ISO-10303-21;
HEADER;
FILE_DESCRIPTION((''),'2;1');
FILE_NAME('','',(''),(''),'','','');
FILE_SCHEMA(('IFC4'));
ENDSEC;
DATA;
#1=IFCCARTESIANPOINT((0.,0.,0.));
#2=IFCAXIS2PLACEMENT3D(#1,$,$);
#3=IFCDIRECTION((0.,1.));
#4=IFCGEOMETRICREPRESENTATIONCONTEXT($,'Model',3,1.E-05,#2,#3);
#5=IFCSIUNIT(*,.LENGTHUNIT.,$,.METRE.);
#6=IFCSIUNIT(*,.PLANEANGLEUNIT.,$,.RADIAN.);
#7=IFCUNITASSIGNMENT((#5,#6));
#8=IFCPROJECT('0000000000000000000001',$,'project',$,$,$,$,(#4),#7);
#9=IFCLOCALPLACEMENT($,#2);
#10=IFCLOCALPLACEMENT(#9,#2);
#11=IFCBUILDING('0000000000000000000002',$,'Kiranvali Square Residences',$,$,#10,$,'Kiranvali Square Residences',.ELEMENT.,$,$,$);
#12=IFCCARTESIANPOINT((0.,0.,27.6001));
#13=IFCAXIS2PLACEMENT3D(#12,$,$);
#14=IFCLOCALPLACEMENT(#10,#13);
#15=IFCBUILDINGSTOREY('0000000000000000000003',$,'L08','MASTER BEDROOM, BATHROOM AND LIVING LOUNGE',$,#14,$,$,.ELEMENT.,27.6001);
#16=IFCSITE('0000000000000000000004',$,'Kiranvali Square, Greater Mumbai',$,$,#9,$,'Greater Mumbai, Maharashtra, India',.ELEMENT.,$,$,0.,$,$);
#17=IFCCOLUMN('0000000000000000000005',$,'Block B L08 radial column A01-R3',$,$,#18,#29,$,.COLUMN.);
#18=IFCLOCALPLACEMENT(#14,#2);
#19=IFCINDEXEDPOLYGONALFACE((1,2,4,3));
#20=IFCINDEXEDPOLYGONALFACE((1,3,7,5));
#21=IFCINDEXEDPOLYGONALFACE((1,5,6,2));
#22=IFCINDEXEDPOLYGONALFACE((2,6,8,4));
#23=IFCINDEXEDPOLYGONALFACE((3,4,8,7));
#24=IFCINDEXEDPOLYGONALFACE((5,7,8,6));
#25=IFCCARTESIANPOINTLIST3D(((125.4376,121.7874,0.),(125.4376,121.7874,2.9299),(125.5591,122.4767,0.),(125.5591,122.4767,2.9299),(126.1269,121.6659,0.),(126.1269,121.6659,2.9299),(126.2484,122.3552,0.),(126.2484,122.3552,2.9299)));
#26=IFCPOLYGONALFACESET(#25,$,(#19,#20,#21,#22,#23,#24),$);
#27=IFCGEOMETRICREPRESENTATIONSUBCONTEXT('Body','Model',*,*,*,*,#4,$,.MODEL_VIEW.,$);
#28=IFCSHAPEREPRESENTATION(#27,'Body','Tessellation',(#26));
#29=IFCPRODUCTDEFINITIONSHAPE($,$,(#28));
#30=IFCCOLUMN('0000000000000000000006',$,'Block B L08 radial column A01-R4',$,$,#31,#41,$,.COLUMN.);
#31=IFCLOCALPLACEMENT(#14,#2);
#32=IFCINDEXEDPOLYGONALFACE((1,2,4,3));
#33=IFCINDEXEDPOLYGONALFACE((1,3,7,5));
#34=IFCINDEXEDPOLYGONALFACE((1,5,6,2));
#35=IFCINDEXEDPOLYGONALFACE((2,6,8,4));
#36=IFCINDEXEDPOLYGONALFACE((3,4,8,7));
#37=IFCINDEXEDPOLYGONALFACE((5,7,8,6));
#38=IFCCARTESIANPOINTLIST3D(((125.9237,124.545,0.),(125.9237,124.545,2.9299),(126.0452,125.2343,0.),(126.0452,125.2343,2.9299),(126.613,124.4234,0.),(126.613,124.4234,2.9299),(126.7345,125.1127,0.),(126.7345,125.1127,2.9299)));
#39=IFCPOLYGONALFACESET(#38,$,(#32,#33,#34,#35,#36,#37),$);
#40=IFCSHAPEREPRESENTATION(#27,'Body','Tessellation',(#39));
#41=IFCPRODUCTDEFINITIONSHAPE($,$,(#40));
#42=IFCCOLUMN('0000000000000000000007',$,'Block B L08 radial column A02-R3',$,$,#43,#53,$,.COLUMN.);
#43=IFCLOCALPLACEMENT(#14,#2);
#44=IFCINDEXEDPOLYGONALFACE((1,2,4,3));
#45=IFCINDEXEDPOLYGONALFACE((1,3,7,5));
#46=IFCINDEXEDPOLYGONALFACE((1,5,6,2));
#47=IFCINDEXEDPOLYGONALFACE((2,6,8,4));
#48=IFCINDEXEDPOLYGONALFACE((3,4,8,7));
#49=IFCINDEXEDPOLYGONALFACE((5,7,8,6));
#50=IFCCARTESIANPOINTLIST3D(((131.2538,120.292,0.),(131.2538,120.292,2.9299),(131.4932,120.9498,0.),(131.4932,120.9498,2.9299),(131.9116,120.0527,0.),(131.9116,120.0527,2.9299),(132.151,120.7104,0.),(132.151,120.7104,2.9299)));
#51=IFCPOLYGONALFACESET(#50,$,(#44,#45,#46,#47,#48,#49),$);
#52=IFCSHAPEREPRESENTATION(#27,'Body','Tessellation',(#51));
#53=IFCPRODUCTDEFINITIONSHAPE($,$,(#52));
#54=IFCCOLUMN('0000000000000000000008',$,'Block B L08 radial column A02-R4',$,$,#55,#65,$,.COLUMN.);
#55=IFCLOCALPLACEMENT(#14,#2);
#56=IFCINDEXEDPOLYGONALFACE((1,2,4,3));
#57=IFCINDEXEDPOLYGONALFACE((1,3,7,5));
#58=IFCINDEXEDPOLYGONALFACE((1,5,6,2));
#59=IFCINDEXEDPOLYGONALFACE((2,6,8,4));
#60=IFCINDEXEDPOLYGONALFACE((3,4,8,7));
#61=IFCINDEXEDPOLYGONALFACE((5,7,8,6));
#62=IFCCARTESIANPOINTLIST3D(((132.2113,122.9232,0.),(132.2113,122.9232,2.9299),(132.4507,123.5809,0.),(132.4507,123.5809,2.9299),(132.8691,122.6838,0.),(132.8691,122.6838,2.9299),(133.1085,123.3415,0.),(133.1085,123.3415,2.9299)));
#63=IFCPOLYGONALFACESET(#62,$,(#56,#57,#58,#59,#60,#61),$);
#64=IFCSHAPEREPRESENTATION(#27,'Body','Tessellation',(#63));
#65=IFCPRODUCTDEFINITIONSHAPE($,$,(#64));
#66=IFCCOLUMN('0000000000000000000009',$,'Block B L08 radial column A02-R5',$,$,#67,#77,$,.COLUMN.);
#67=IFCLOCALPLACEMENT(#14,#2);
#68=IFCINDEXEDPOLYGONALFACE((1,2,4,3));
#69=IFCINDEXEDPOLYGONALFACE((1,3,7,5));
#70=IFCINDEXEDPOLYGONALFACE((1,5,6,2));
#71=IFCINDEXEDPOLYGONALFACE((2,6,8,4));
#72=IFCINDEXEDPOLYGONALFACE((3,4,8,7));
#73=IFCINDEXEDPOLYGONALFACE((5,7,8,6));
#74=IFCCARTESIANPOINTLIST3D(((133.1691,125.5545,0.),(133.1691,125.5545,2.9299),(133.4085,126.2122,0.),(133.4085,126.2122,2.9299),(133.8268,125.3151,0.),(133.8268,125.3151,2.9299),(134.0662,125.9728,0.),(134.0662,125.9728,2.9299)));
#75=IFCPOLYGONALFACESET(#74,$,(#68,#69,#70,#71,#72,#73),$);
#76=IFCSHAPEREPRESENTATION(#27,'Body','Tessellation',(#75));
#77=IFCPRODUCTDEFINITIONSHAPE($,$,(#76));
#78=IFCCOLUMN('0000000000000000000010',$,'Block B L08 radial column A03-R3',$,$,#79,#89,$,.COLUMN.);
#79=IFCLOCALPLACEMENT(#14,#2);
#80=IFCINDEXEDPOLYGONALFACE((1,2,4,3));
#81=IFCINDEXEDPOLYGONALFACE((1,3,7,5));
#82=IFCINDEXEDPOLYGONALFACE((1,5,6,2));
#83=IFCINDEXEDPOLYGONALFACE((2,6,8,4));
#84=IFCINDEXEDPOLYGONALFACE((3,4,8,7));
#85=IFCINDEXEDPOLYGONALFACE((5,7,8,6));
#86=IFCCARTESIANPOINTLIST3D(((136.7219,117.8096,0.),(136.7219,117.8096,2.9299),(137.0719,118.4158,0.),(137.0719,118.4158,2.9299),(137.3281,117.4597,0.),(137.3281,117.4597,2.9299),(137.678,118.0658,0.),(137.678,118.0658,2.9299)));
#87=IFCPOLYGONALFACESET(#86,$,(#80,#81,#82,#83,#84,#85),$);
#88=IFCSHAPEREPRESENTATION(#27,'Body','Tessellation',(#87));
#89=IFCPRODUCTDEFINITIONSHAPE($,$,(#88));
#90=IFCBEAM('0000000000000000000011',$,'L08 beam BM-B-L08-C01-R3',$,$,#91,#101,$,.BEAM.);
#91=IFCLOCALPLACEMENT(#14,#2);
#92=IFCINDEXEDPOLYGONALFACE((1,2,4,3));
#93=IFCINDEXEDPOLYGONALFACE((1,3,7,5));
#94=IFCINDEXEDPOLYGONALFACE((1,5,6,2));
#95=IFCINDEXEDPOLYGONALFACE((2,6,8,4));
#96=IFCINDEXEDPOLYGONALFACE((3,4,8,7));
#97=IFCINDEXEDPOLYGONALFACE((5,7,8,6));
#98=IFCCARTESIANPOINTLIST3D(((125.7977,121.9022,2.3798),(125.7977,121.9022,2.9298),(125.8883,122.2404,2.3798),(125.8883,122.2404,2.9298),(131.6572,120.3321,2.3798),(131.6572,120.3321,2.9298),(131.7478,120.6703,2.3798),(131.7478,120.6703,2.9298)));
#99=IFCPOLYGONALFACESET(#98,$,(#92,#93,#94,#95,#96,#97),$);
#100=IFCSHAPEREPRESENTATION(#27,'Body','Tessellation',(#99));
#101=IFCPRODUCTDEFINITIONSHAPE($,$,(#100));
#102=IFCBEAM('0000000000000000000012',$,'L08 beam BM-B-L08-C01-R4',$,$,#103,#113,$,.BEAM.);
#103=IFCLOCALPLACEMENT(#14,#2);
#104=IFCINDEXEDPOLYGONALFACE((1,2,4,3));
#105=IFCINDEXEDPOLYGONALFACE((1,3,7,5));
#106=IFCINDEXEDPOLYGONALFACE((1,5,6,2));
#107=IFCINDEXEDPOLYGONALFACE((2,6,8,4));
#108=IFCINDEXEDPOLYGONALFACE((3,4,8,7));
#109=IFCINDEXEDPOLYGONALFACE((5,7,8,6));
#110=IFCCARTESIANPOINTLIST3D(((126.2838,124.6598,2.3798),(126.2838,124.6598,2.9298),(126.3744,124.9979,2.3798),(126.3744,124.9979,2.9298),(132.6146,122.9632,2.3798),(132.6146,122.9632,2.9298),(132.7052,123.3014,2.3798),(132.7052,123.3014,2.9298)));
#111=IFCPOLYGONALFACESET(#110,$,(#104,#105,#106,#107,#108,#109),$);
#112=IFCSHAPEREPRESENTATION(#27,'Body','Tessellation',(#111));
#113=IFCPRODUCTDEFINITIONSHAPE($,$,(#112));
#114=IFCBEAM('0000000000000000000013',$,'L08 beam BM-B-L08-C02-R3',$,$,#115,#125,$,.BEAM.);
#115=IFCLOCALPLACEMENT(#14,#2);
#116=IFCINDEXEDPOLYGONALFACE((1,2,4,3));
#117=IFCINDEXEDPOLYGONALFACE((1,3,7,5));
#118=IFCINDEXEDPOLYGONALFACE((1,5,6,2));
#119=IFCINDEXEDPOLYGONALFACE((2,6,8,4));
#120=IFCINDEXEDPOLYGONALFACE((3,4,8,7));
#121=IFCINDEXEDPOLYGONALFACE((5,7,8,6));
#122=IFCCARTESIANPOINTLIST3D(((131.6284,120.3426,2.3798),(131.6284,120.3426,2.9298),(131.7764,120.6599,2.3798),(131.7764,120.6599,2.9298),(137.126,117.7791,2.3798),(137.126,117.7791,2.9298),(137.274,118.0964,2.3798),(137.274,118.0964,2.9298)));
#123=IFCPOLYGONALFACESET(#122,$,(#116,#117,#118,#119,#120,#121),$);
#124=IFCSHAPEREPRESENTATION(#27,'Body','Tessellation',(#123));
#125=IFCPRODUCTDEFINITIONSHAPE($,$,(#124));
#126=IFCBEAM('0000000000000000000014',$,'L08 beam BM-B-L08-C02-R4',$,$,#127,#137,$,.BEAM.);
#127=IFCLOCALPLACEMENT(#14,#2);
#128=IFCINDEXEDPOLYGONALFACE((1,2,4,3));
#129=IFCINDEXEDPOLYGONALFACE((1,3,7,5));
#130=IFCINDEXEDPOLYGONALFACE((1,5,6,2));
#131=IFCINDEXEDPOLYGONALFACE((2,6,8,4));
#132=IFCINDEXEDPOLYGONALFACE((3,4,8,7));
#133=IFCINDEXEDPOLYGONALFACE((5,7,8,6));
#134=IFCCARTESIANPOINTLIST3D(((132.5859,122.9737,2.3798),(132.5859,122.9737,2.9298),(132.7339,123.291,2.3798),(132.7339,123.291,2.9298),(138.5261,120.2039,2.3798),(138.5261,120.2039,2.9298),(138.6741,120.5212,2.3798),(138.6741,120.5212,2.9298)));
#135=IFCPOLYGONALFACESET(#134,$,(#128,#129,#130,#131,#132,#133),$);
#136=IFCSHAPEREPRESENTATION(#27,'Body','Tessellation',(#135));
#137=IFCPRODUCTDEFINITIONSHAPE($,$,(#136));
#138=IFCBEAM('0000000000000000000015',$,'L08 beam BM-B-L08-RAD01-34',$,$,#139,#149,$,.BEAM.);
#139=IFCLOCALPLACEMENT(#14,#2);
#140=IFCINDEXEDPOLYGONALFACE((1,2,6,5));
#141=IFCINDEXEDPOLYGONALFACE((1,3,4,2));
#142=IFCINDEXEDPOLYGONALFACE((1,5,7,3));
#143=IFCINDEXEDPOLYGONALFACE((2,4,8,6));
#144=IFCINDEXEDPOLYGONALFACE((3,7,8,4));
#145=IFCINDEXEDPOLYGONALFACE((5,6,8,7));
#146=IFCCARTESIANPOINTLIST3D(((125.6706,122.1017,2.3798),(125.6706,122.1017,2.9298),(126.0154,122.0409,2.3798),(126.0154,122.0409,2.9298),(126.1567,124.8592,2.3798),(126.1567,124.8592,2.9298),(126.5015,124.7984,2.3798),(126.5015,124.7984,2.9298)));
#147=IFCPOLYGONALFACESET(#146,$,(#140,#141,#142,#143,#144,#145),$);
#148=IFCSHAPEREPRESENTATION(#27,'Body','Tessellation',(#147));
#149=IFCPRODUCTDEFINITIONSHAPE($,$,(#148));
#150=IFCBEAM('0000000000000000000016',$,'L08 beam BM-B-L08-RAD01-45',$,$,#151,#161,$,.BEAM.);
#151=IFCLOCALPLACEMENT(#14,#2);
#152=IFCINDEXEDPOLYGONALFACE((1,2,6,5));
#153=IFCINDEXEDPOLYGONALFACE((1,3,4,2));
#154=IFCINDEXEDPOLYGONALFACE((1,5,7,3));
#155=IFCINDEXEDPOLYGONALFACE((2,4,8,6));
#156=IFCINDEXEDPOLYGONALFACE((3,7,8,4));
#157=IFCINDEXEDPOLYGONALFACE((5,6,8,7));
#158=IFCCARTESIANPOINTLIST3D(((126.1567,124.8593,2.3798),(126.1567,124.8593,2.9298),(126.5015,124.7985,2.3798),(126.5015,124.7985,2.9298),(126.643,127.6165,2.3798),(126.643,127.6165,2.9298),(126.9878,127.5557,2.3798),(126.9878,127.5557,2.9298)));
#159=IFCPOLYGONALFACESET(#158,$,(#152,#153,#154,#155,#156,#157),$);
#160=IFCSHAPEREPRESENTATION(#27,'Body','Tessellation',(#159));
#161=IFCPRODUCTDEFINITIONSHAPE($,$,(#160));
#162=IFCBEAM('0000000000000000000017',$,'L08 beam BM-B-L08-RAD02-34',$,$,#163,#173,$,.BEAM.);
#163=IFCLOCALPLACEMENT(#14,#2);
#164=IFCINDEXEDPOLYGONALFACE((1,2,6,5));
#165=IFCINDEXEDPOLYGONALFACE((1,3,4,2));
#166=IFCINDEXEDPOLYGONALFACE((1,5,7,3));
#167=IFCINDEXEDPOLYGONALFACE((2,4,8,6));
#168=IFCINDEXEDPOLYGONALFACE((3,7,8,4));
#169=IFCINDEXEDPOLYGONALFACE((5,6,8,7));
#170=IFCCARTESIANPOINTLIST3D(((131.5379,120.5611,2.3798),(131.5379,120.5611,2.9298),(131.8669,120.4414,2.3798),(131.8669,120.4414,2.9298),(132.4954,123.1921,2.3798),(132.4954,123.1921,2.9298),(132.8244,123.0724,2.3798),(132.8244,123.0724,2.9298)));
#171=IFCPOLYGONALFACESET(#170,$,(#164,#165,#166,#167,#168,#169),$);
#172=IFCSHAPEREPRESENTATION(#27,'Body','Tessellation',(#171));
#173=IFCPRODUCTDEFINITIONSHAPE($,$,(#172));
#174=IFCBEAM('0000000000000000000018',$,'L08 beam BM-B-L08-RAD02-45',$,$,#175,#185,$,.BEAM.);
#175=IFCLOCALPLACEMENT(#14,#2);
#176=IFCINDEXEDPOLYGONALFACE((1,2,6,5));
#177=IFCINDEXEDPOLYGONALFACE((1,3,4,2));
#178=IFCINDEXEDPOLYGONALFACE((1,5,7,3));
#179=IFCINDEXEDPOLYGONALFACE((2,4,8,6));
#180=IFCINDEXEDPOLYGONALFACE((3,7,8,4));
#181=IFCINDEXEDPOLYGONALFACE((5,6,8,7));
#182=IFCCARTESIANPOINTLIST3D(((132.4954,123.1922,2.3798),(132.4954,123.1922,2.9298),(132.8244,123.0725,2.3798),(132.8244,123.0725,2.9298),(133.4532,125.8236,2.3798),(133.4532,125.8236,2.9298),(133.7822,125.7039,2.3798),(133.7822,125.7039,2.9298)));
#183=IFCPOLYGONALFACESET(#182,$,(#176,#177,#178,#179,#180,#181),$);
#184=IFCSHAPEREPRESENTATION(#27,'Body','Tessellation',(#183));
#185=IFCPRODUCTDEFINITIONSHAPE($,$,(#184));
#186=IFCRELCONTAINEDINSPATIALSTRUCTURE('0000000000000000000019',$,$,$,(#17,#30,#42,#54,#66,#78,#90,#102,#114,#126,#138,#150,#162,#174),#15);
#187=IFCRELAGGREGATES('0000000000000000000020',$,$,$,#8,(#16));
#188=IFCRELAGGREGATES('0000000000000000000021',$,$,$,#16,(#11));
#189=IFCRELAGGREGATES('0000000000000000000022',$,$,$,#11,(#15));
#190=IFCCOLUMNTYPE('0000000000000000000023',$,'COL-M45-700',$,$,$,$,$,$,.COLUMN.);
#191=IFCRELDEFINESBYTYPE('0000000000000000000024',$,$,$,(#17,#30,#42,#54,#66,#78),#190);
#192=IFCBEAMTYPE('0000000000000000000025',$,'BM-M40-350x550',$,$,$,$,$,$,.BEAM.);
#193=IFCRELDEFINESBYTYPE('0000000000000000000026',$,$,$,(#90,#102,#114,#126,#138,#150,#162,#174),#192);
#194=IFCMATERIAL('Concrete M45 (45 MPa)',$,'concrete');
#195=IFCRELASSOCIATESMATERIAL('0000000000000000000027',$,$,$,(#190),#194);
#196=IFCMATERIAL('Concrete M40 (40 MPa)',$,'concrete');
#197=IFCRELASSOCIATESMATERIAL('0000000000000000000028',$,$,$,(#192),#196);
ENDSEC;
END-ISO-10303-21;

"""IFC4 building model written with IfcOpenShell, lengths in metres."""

from ifc_helpers import new_model, si_unit, direction, frame, origin, origin_2d, place, context, subcontext, project, spatial, rectangle, extrude, material, material_profile, profile_set, type_object, element, save


model = new_model("IFC4")

# Units and contexts
model_context = context("Model", 3, precision=1e-05, world=origin(), true_north=direction((0.0, 1.0)))
body_context = subcontext(model_context, "Body", "Model", "MODEL_VIEW")
ifc_project = project(units=[si_unit("LENGTHUNIT", "METRE"), si_unit("PLANEANGLEUNIT", "RADIAN")], contexts=[model_context])

# Site, building, storey
site_placement = place(None, origin())
site = spatial("IfcSite", under=ifc_project, at=site_placement, Name="Kiranvali Square, Greater Mumbai", LongName="Greater Mumbai, Maharashtra, India", CompositionType="ELEMENT", RefElevation=0.0)
building_placement = place(site_placement, origin())
building = spatial("IfcBuilding", under=site, at=building_placement, Name="Kiranvali Square Residences", LongName="Kiranvali Square Residences", CompositionType="ELEMENT")
storey_placement = place(building_placement, frame((0.0, 0.0, 27.6001)))
storey = spatial("IfcBuildingStorey", under=building, at=storey_placement, Name="L08", Description="MASTER BEDROOM, BATHROOM AND LIVING LOUNGE", CompositionType="ELEMENT", Elevation=27.6001)

# Columns
ifc_material_1 = material(Name="Concrete M45 (45 MPa)", Category="concrete")
ifc_material_profile_1 = material_profile(ifc_material_1, rectangle(XDim=0.7, YDim=0.7, at=origin_2d()), Name="RC 700x700")
ifc_profile_set_1 = profile_set([ifc_material_profile_1], Name="Concrete M45 (45 MPa)")
column_type = type_object("IfcColumnType", Name="COL-M45-700", PredefinedType="COLUMN", material=ifc_profile_set_1)
for number, where, z_axis, x_axis, name in (
    (1, (125.843, 122.0713, 0.0), (0.0, 0.0, 1.0), (-0.984808, 0.173648, 0.0), "Block B L08 radial column A01-R3"),
    (2, (126.3291, 124.8289, 0.0), (0.0, 0.0, 1.0), (-0.984808, 0.173648, 0.0), "Block B L08 radial column A01-R4"),
    (3, (131.7024, 120.5012, 0.0), (0.0, 0.0, 1.0), (-0.939693, 0.34202, 0.0), "Block B L08 radial column A02-R3"),
    (4, (132.6599, 123.1323, 0.0), (0.0, 0.0, 1.0), (-0.939693, 0.34202, 0.0), "Block B L08 radial column A02-R4"),
    (5, (133.6177, 125.7637, 0.0), (0.0, 0.0, 1.0), (-0.939693, 0.34202, 0.0), "Block B L08 radial column A02-R5"),
    (6, (137.2, 117.9377, 0.0), (0.0, 0.0, 1.0), (-0.866025, 0.5, 0.0), "Block B L08 radial column A03-R3"),
):
    element("IfcColumn", number, at=place(storey_placement, frame(where, z_axis=z_axis, x_axis=x_axis)), inside=storey, type_object=column_type, Name=name, PredefinedType="COLUMN", context=body_context, shape_type="SweptSolid", body=[
        extrude(rectangle(XDim=0.7, YDim=0.7, at=origin_2d()), origin(), (0.0, 0.0, 1.0), 2.9299),
    ])

# Beams
ifc_material_2 = material(Name="Concrete M40 (40 MPa)", Category="concrete")
ifc_material_profile_2 = material_profile(ifc_material_2, rectangle(XDim=0.3501, YDim=0.55, at=origin_2d()), Name="RC 350x550")
ifc_profile_set_2 = profile_set([ifc_material_profile_2], Name="Concrete M40 (40 MPa)")
beam_type = type_object("IfcBeamType", Name="BM-M40-350x550", PredefinedType="BEAM", material=ifc_profile_set_2)
beam_1_placement = place(storey_placement, frame((125.843, 122.0713, 2.6548), z_axis=(0.965924, -0.258827, 0.0), x_axis=(0.258827, 0.965924, 0.0)))
element("IfcBeam", 7, at=beam_1_placement, inside=storey, type_object=beam_type, Name="L08 beam BM-B-L08-C01-R3", PredefinedType="BEAM", context=body_context, shape_type="SweptSolid", body=[
    extrude(rectangle(XDim=0.3501, YDim=0.55, at=origin_2d()), origin(), (0.0, 0.0, 1.0), 6.0662),
])
beam_2_placement = place(storey_placement, frame((126.3291, 124.8289, 2.6548), z_axis=(0.965918, -0.258847, 0.0), x_axis=(0.258847, 0.965918, 0.0)))
element("IfcBeam", 8, at=beam_2_placement, inside=storey, type_object=beam_type, Name="L08 beam BM-B-L08-C01-R4", PredefinedType="BEAM", context=body_context, shape_type="SweptSolid", body=[
    extrude(rectangle(XDim=0.3501, YDim=0.55, at=origin_2d()), origin(), (0.0, 0.0, 1.0), 6.5542),
])
beam_3_placement = place(storey_placement, frame((131.7024, 120.5012, 2.6548), z_axis=(0.906313, -0.422608, 0.0), x_axis=(0.422608, 0.906313, 0.0)))
element("IfcBeam", 9, at=beam_3_placement, inside=storey, type_object=beam_type, Name="L08 beam BM-B-L08-C02-R3", PredefinedType="BEAM", context=body_context, shape_type="SweptSolid", body=[
    extrude(rectangle(XDim=0.3501, YDim=0.55, at=origin_2d()), origin(), (0.0, 0.0, 1.0), 6.0659),
])
beam_4_placement = place(storey_placement, frame((132.6599, 123.1323, 2.6548), z_axis=(0.906318, -0.422596, 0.0), x_axis=(0.422596, 0.906318, 0.0)))
element("IfcBeam", 10, at=beam_4_placement, inside=storey, type_object=beam_type, Name="L08 beam BM-B-L08-C02-R4", PredefinedType="BEAM", context=body_context, shape_type="SweptSolid", body=[
    extrude(rectangle(XDim=0.3501, YDim=0.55, at=origin_2d()), origin(), (0.0, 0.0, 1.0), 6.5542),
])
beam_5_placement = place(storey_placement, frame((125.843, 122.0713, 2.6548), z_axis=(0.173596, 0.984817, 0.0), x_axis=(-0.984817, 0.173596, 0.0)))
element("IfcBeam", 11, at=beam_5_placement, inside=storey, type_object=beam_type, Name="L08 beam BM-B-L08-RAD01-34", PredefinedType="BEAM", context=body_context, shape_type="SweptSolid", body=[
    extrude(rectangle(XDim=0.3501, YDim=0.55, at=origin_2d()), origin(), (0.0, 0.0, 1.0), 2.8),
])
for number, where, z_axis, x_axis, name in (
    (12, (126.3291, 124.8289, 2.6548), (0.173696, 0.984799, 0.0), (-0.984799, 0.173696, 0.0), "L08 beam BM-B-L08-RAD01-45"),
    (13, (131.7024, 120.5012, 2.6548), (0.341981, 0.939707, 0.0), (-0.939707, 0.341981, 0.0), "L08 beam BM-B-L08-RAD02-34"),
):
    element("IfcBeam", number, at=place(storey_placement, frame(where, z_axis=z_axis, x_axis=x_axis)), inside=storey, type_object=beam_type, Name=name, PredefinedType="BEAM", context=body_context, shape_type="SweptSolid", body=[
        extrude(rectangle(XDim=0.3501, YDim=0.55, at=origin_2d()), origin(), (0.0, 0.0, 1.0), 2.7998),
    ])
beam_6_placement = place(storey_placement, frame((132.6599, 123.1323, 2.6548), z_axis=(0.34203, 0.939689, 0.0), x_axis=(-0.939689, 0.34203, 0.0)))
element("IfcBeam", 14, at=beam_6_placement, inside=storey, type_object=beam_type, Name="L08 beam BM-B-L08-RAD02-45", PredefinedType="BEAM", context=body_context, shape_type="SweptSolid", body=[
    extrude(rectangle(XDim=0.3501, YDim=0.55, at=origin_2d()), origin(), (0.0, 0.0, 1.0), 2.8003),
])

save(model, "model.ifc")
